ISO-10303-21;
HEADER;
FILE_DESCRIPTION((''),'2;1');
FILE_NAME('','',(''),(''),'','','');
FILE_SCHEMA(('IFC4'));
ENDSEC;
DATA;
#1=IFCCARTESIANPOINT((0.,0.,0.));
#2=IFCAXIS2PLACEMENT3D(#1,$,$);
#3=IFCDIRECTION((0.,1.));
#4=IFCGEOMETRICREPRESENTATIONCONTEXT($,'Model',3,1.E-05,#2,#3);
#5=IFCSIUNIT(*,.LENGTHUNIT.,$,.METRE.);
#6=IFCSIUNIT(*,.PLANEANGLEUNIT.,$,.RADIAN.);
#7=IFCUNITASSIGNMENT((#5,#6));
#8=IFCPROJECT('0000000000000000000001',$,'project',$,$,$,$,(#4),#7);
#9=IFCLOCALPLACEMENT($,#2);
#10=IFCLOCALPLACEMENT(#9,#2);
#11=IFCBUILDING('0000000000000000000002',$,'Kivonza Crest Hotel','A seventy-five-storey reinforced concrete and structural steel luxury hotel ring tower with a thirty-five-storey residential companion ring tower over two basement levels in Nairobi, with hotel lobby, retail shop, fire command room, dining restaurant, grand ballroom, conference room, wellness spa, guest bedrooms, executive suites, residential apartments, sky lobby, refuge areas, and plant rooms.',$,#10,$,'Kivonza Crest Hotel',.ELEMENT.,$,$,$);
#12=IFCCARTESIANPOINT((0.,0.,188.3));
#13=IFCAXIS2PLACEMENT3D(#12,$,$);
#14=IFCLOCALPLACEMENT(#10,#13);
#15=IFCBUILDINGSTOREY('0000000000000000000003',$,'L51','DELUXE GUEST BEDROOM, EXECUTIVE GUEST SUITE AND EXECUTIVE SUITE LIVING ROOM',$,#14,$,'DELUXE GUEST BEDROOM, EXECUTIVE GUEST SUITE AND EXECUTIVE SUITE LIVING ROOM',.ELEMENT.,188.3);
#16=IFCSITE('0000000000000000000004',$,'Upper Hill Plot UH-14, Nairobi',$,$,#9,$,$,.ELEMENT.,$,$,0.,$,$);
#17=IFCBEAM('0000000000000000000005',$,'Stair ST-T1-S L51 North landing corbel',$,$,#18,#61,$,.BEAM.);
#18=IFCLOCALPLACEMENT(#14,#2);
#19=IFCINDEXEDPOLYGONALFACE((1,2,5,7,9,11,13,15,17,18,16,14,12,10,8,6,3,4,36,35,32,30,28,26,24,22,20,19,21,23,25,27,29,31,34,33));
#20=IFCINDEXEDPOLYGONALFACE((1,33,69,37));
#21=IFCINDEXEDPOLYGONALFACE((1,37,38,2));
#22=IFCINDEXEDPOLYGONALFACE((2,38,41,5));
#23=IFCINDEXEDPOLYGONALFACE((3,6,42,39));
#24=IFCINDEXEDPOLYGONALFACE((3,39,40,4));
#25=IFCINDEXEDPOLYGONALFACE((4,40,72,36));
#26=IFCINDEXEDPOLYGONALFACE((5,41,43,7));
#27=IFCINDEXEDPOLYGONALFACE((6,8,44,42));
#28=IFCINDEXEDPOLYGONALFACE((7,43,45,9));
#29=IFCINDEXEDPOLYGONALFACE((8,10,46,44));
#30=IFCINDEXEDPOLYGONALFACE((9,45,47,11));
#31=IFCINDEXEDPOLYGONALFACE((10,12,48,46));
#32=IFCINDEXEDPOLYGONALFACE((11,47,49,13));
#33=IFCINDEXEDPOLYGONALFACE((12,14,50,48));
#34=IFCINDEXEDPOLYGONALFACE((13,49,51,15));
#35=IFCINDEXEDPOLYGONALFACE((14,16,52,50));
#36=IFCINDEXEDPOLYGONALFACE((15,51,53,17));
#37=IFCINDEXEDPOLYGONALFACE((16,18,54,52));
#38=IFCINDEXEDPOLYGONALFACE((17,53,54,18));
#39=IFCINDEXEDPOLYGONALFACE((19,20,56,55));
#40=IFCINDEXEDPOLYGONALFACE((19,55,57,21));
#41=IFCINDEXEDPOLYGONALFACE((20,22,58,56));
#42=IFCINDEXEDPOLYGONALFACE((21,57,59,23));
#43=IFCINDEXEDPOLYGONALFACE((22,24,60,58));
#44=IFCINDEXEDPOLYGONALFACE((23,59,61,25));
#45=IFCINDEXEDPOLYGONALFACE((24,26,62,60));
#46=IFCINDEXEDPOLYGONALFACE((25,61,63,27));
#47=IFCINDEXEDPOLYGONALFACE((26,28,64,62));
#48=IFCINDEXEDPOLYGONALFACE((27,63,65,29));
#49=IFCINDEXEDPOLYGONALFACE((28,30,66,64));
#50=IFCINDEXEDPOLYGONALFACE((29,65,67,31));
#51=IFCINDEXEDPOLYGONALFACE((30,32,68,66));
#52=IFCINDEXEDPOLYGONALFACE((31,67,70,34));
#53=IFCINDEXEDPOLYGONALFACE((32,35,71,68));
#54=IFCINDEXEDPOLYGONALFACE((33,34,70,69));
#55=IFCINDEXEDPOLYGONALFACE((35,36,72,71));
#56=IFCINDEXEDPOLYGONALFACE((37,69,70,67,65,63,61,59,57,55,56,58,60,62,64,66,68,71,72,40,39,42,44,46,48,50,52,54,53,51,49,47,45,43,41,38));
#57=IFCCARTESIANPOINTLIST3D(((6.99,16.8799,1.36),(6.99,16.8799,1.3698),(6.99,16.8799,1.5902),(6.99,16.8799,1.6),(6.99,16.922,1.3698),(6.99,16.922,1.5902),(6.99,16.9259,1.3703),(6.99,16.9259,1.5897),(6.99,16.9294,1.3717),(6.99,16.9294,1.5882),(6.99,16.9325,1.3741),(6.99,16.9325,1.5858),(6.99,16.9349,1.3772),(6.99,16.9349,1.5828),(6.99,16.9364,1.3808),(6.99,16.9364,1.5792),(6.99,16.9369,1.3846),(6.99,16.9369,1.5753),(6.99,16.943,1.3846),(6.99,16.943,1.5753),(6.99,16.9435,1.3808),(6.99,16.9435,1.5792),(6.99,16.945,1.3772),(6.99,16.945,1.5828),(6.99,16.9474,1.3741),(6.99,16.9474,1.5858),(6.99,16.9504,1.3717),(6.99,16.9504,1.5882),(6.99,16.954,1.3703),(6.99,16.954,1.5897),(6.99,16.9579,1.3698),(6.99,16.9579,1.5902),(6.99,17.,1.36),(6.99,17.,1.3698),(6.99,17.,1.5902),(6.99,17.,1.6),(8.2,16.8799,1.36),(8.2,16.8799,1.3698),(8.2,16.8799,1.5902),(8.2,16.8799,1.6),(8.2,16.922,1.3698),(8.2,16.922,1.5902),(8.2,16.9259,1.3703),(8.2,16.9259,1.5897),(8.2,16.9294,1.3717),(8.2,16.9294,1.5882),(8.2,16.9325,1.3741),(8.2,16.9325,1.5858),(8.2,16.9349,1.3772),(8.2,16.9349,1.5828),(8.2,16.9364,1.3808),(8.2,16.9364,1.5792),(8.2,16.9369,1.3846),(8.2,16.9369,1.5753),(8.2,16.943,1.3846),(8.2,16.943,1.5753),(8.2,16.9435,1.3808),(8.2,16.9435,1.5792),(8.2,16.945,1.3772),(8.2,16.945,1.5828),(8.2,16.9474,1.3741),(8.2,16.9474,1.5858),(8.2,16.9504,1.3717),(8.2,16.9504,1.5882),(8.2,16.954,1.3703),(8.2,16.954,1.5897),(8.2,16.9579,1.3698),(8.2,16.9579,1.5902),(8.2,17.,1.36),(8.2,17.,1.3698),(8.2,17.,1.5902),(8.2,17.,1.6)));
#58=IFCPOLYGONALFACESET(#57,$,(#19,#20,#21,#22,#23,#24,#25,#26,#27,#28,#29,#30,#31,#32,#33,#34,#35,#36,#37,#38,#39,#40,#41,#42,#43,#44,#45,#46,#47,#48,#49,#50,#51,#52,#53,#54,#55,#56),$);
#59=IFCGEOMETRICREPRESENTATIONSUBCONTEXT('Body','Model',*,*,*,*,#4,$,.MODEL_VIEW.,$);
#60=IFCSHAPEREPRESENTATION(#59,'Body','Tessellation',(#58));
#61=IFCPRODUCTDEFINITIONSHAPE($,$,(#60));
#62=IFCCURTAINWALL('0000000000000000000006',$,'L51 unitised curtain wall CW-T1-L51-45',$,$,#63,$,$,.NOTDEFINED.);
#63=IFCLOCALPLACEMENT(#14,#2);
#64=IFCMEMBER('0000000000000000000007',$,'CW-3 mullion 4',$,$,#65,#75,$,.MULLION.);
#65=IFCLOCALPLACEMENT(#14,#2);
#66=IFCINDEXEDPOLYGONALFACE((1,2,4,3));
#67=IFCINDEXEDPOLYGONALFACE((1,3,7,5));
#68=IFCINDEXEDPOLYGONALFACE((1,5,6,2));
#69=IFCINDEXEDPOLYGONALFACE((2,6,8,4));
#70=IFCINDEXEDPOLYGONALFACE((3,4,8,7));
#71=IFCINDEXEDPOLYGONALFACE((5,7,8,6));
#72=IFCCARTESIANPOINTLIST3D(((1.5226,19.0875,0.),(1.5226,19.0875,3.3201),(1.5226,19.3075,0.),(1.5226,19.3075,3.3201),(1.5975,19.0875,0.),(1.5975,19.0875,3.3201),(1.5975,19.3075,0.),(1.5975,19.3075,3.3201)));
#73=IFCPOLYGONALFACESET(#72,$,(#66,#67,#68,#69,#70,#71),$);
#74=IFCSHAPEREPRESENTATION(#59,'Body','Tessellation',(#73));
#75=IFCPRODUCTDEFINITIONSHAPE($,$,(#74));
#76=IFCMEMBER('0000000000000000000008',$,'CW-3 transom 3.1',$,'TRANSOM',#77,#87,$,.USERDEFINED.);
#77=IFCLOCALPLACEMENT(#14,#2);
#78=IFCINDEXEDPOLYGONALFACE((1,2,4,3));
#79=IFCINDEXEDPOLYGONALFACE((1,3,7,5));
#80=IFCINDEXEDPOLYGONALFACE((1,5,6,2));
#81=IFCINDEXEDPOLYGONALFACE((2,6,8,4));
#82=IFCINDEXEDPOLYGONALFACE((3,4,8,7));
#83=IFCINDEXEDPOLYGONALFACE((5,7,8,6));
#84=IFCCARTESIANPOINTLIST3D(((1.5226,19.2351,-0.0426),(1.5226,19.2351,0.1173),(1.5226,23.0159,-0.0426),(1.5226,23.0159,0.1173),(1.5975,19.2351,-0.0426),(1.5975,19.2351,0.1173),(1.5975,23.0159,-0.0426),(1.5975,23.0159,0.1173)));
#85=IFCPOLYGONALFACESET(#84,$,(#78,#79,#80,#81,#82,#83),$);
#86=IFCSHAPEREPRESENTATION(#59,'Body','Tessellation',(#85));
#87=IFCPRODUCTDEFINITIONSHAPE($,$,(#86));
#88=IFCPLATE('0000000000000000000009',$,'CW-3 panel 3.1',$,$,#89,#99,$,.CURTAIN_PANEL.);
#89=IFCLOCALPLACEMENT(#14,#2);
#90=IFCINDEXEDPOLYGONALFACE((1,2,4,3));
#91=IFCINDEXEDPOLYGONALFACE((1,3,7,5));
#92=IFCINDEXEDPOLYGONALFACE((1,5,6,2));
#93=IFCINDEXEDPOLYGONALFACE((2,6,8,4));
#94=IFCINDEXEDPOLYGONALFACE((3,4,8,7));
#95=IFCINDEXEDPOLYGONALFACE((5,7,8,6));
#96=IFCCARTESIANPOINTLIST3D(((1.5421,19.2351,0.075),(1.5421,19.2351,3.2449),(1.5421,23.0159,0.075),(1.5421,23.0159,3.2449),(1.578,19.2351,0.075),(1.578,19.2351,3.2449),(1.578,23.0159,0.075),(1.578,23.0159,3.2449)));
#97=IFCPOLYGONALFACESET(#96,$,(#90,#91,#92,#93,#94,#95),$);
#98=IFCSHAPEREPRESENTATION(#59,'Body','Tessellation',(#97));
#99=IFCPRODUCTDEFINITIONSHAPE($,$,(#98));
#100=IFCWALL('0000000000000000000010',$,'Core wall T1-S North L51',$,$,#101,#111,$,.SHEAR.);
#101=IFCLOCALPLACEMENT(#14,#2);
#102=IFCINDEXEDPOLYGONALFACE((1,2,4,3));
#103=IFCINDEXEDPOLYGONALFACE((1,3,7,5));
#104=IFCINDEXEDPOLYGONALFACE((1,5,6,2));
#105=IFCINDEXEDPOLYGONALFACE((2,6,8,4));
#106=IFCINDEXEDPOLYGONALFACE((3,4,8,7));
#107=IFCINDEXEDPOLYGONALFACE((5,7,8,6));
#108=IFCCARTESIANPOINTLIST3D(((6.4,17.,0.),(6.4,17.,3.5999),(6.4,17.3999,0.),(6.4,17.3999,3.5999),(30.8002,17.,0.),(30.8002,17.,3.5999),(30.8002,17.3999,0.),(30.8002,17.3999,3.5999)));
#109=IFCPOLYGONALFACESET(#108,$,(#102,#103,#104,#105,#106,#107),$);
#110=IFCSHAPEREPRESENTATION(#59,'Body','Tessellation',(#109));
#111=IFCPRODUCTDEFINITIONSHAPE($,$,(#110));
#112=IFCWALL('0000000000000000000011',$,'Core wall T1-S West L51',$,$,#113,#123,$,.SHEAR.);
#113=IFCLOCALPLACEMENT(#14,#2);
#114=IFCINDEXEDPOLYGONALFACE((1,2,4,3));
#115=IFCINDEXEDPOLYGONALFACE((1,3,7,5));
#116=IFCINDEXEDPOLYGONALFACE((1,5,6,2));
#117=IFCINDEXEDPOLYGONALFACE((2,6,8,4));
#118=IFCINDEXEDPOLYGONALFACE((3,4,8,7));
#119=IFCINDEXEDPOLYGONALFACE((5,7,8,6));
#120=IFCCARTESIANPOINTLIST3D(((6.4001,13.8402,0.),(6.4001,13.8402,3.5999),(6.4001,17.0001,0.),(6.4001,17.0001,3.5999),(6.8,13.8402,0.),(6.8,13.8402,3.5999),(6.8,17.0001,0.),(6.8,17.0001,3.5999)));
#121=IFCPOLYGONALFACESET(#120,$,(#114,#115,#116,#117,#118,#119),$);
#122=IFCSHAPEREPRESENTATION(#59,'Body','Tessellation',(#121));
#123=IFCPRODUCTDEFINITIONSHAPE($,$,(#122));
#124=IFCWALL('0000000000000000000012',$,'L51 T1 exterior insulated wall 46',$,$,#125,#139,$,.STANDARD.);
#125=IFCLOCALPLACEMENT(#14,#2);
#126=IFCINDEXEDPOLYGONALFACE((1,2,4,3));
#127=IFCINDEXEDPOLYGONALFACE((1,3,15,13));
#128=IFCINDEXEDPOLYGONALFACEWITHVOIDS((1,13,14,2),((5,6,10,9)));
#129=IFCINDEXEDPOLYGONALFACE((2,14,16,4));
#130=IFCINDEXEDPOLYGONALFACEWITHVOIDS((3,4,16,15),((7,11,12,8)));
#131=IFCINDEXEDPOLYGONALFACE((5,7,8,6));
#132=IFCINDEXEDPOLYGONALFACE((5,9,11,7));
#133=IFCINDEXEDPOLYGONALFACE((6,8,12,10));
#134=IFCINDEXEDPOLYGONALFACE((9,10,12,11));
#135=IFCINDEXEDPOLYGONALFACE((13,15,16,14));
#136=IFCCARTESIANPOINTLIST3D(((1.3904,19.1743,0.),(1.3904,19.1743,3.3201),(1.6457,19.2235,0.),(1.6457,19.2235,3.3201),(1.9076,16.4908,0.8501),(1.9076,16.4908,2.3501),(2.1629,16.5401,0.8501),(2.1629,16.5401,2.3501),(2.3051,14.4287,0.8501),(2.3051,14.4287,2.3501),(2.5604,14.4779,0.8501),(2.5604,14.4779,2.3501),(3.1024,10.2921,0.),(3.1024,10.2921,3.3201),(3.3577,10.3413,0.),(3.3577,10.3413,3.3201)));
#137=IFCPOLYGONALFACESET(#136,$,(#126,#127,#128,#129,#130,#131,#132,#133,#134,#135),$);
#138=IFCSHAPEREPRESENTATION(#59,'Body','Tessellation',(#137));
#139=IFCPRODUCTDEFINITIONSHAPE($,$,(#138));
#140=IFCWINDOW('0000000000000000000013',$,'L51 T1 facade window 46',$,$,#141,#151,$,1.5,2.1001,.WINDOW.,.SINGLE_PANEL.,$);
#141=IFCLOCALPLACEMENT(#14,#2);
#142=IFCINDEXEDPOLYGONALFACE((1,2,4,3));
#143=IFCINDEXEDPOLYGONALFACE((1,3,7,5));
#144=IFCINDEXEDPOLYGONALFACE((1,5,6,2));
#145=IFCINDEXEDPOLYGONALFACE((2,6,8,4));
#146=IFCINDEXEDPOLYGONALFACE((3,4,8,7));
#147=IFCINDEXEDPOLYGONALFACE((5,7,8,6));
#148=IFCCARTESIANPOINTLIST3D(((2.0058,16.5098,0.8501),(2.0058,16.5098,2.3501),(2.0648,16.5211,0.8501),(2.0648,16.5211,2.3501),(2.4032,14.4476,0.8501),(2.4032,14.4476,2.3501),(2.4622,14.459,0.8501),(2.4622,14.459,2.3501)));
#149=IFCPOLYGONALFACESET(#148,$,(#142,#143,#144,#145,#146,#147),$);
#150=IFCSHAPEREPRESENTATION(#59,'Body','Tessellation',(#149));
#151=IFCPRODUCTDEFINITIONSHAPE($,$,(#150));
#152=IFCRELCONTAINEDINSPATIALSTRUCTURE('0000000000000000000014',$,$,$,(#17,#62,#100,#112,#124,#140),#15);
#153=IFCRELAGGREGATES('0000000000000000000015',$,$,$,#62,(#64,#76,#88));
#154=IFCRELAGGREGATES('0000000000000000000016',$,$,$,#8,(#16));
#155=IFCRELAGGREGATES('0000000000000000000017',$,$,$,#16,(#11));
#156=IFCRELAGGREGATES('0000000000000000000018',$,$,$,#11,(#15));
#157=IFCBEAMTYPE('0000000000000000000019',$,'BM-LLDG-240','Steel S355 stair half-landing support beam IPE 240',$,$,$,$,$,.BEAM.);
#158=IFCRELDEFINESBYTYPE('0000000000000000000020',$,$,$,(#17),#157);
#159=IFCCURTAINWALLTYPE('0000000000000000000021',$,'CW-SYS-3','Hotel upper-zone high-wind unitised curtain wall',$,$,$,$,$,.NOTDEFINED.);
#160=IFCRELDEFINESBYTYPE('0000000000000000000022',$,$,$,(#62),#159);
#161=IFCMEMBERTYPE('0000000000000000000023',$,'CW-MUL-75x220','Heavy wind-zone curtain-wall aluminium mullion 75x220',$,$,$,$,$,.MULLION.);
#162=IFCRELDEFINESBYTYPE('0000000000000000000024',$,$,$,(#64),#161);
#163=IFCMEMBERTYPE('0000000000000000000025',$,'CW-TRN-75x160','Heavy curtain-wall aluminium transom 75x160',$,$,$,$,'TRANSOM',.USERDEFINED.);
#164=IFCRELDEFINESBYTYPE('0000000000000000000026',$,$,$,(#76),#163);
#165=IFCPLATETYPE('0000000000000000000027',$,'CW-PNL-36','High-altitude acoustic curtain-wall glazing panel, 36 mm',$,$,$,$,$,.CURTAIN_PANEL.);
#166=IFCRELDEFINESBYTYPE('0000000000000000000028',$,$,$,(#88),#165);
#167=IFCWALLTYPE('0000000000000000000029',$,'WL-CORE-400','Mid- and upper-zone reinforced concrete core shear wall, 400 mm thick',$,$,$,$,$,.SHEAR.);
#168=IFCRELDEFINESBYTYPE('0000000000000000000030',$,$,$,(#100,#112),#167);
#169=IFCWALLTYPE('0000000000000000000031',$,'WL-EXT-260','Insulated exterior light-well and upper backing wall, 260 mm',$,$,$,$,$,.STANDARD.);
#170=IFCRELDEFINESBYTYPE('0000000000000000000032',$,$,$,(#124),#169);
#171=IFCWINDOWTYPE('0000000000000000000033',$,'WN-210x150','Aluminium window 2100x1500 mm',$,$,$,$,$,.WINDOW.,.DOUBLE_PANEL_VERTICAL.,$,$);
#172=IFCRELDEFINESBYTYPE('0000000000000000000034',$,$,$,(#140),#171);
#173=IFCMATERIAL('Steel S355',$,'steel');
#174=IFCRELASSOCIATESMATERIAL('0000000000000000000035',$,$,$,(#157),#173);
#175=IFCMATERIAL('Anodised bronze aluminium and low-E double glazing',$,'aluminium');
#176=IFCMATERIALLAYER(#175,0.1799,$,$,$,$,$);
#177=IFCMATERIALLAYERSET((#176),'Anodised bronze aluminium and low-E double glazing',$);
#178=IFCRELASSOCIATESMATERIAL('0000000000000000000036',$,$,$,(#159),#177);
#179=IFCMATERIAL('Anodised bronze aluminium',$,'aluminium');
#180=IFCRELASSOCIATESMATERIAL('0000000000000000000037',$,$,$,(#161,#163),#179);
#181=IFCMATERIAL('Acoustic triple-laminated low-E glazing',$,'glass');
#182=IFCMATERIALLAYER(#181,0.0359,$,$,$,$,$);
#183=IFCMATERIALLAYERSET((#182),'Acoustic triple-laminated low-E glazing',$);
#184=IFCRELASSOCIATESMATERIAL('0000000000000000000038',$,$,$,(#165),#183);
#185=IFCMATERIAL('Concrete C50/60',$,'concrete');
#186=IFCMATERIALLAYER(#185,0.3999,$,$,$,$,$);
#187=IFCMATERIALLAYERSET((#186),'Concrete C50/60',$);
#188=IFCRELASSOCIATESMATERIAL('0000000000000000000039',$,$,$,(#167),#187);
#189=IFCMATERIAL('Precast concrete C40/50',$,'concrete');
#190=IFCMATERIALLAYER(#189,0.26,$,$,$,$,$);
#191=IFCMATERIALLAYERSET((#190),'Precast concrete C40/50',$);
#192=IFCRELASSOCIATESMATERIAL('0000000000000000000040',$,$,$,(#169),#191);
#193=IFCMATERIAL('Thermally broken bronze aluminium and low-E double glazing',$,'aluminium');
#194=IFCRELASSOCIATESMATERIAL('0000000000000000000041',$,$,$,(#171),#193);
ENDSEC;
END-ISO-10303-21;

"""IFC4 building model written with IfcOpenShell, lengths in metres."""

from ifc_helpers import new_model, si_unit, direction, frame, frame_2d, origin, origin_2d, place, context, subcontext, project, spatial, rectangle, i_section, extrude, material, layer, layer_set, material_profile, profile_set, type_object, element, fill, aggregate, save


model = new_model("IFC4")

# Units and contexts
model_context = context("Model", 3, precision=1e-05, world=origin(), true_north=direction((0.0, 1.0)))
body_context = subcontext(model_context, "Body", "Model", "MODEL_VIEW")
ifc_project = project(units=[si_unit("LENGTHUNIT", "METRE"), si_unit("PLANEANGLEUNIT", "RADIAN")], contexts=[model_context])

# Site, building, storey
site_placement = place(None, origin())
site = spatial("IfcSite", under=ifc_project, at=site_placement, Name="Upper Hill Plot UH-14, Nairobi", CompositionType="ELEMENT", RefElevation=0.0)
building_placement = place(site_placement, origin())
building = spatial("IfcBuilding", under=site, at=building_placement, Name="Kivonza Crest Hotel", Description="A seventy-five-storey reinforced concrete and structural steel luxury hotel ring tower with a thirty-five-storey residential companion ring tower over two basement levels in Nairobi, with hotel lobby, retail shop, fire command room, dining restaurant, grand ballroom, conference room, wellness spa, guest bedrooms, executive suites, residential apartments, sky lobby, refuge areas, and plant rooms.", LongName="Kivonza Crest Hotel", CompositionType="ELEMENT")
storey_placement = place(building_placement, frame((0.0, 0.0, 188.3)))
storey = spatial("IfcBuildingStorey", under=building, at=storey_placement, Name="L51", Description="DELUXE GUEST BEDROOM, EXECUTIVE GUEST SUITE AND EXECUTIVE SUITE LIVING ROOM", LongName="DELUXE GUEST BEDROOM, EXECUTIVE GUEST SUITE AND EXECUTIVE SUITE LIVING ROOM", CompositionType="ELEMENT", Elevation=188.3)

# Shared definitions
ifc_material_1 = material(Name="Concrete C50/60", Category="concrete")

# Beam
ifc_material_2 = material(Name="Steel S355", Category="steel")
ifc_material_profile_1 = material_profile(ifc_material_2, i_section(OverallWidth=0.1201, OverallDepth=0.24, WebThickness=0.0061, FlangeThickness=0.0098, FilletRadius=0.0149, at=origin_2d()), Name="IPE 240")
ifc_profile_set_1 = profile_set([ifc_material_profile_1], Name="Steel S355")
beam_type_1 = type_object("IfcBeamType", Name="BM-LLDG-240", Description="Steel S355 stair half-landing support beam IPE 240", PredefinedType="BEAM", material=ifc_profile_set_1)
for number, where, z_axis, x_axis, name in (
    (1, (6.99, 16.9399, 1.48), (1.0, 0.0, 0.0), (0.0, 1.0, 0.0), "Stair ST-T1-S L51 North landing corbel"),
):
    element("IfcBeam", number, at=place(storey_placement, frame(where, z_axis=z_axis, x_axis=x_axis)), inside=storey, type_object=beam_type_1, Name=name, PredefinedType="BEAM", context=body_context, shape_type="SweptSolid", body=[
        extrude(i_section(OverallWidth=0.1201, OverallDepth=0.24, WebThickness=0.0061, FlangeThickness=0.0098, FilletRadius=0.0149, at=origin_2d()), origin(), (0.0, 0.0, 1.0), 1.21),
    ])

# Curtain wall, members, plate
ifc_material_3 = material(Name="Anodised bronze aluminium and low-E double glazing", Category="aluminium")
ifc_layer_1 = layer(ifc_material_3, 0.1799)
ifc_layer_set_1 = layer_set([ifc_layer_1], Name="Anodised bronze aluminium and low-E double glazing")
curtain_wall_type = type_object("IfcCurtainWallType", Name="CW-SYS-3", Description="Hotel upper-zone high-wind unitised curtain wall", PredefinedType="NOTDEFINED", material=ifc_layer_set_1)
curtain_wall_placement = place(storey_placement, origin())
curtain_wall = element("IfcCurtainWall", 2, at=curtain_wall_placement, inside=storey, type_object=curtain_wall_type, Name="L51 unitised curtain wall CW-T1-L51-45", PredefinedType="NOTDEFINED")
ifc_material_4 = material(Name="Anodised bronze aluminium", Category="aluminium")
ifc_material_profile_2 = material_profile(ifc_material_4, rectangle(XDim=0.075, YDim=0.22, at=origin_2d()), Name="CW-M 75x220")
ifc_profile_set_2 = profile_set([ifc_material_profile_2], Name="Anodised bronze aluminium")
member_type_1 = type_object("IfcMemberType", Name="CW-MUL-75x220", Description="Heavy wind-zone curtain-wall aluminium mullion 75x220", PredefinedType="MULLION", material=ifc_profile_set_2)
member_1_placement = place(storey_placement, frame((1.5601, 19.1975, 0.0), z_axis=(0.0, 0.0, 1.0), x_axis=(1.0, 0.0, 0.0)))
member_1 = element("IfcMember", 3, at=member_1_placement, type_object=member_type_1, Name="CW-3 mullion 4", PredefinedType="MULLION", context=body_context, shape_type="SweptSolid", body=[
    extrude(rectangle(XDim=0.075, YDim=0.22, at=origin_2d()), origin(), (0.0, 0.0, 1.0), 3.3201),
])
ifc_material_profile_3 = material_profile(ifc_material_4, rectangle(XDim=0.075, YDim=0.1599, at=origin_2d()), Name="CW-T 75x160")
ifc_profile_set_3 = profile_set([ifc_material_profile_3], Name="Anodised bronze aluminium")
member_type_2 = type_object("IfcMemberType", Name="CW-TRN-75x160", Description="Heavy curtain-wall aluminium transom 75x160", ElementType="TRANSOM", PredefinedType="USERDEFINED", material=ifc_profile_set_3)
member_2_placement = place(storey_placement, frame((1.5601, 23.0159, 0.0374), z_axis=(0.0, -1.0, 0.0), x_axis=(1.0, 0.0, 0.0)))
member_2 = element("IfcMember", 4, at=member_2_placement, type_object=member_type_2, Name="CW-3 transom 3.1", ObjectType="TRANSOM", PredefinedType="USERDEFINED", context=body_context, shape_type="SweptSolid", body=[
    extrude(rectangle(XDim=0.075, YDim=0.1599, at=origin_2d()), origin(), (0.0, 0.0, 1.0), 3.7808),
])
ifc_material_5 = material(Name="Acoustic triple-laminated low-E glazing", Category="glass")
ifc_layer_2 = layer(ifc_material_5, 0.0359)
ifc_layer_set_2 = layer_set([ifc_layer_2], Name="Acoustic triple-laminated low-E glazing")
plate_type = type_object("IfcPlateType", Name="CW-PNL-36", Description="High-altitude acoustic curtain-wall glazing panel, 36 mm", PredefinedType="CURTAIN_PANEL", material=ifc_layer_set_2)
plate_placement = place(storey_placement, frame((1.5601, 21.1255, 0.075), z_axis=(0.0, 0.0, 1.0), x_axis=(0.0, -1.0, 0.0)))
plate = element("IfcPlate", 5, at=plate_placement, type_object=plate_type, Name="CW-3 panel 3.1", PredefinedType="CURTAIN_PANEL", context=body_context, shape_type="SweptSolid", body=[
    extrude(rectangle(XDim=3.7808, YDim=0.0359, at=origin_2d()), origin(), (0.0, 0.0, 1.0), 3.1699),
])
aggregate(curtain_wall, [member_1, member_2, plate])

# Shared definitions
ifc_layer_3 = layer(ifc_material_1, 0.3999)
ifc_layer_set_3 = layer_set([ifc_layer_3], Name="Concrete C50/60")
wall_type_1 = type_object("IfcWallType", Name="WL-CORE-400", Description="Mid- and upper-zone reinforced concrete core shear wall, 400 mm thick", PredefinedType="SHEAR", material=ifc_layer_set_3)

# Walls
wall_1_placement = place(storey_placement, frame((6.3999, 17.2, 0.0), z_axis=(0.0, 0.0, 1.0), x_axis=(1.0, 0.0, 0.0)))
element("IfcWall", 6, at=wall_1_placement, inside=storey, type_object=wall_type_1, Name="Core wall T1-S North L51", PredefinedType="SHEAR", context=body_context, shape_type="SweptSolid", body=[
    extrude(rectangle(XDim=24.4001, YDim=0.3999, at=frame_2d((12.2002, 0.0))), origin(), (0.0, 0.0, 1.0), 3.5999),
])
wall_2_placement = place(storey_placement, frame((6.6001, 13.8401, 0.0), z_axis=(0.0, 0.0, 1.0), x_axis=(0.0, 1.0, 0.0)))
element("IfcWall", 7, at=wall_2_placement, inside=storey, type_object=wall_type_1, Name="Core wall T1-S West L51", PredefinedType="SHEAR", context=body_context, shape_type="SweptSolid", body=[
    extrude(rectangle(XDim=3.1599, YDim=0.3999, at=frame_2d((1.5801, 0.0))), origin(), (0.0, 0.0, 1.0), 3.5999),
])

# Wall, opening, window
ifc_material_6 = material(Name="Precast concrete C40/50", Category="concrete")
ifc_layer_4 = layer(ifc_material_6, 0.26)
ifc_layer_set_4 = layer_set([ifc_layer_4], Name="Precast concrete C40/50")
wall_type_2 = type_object("IfcWallType", Name="WL-EXT-260", Description="Insulated exterior light-well and upper backing wall, 260 mm", PredefinedType="STANDARD", material=ifc_layer_set_4)
wall_3_placement = place(storey_placement, frame((1.5181, 19.199, 0.0), z_axis=(0.0, 0.0, 1.0), x_axis=(0.189255, -0.981928, 0.0)))
wall_3 = element("IfcWall", 8, at=wall_3_placement, inside=storey, type_object=wall_type_2, Name="L51 T1 exterior insulated wall 46", PredefinedType="STANDARD", context=body_context, shape_type="SweptSolid", body=[
    extrude(rectangle(XDim=9.0457, YDim=0.26, at=frame_2d((4.5229, 0.0))), origin(), (0.0, 0.0, 1.0), 3.3201),
])
opening_1_placement = place(wall_3_placement, frame((2.7329, 0.0, 0.8501)))
opening_1 = element("IfcOpeningElement", 9, at=opening_1_placement, cuts=wall_3, PredefinedType="OPENING", context=body_context, shape_type="SweptSolid", body=[
    extrude(rectangle(XDim=2.1001, YDim=1.5, at=frame_2d((1.05, 0.75))), frame((0.0, 0.1401, 0.0), z_axis=(0.0, -1.0, 0.0), x_axis=(1.0, 0.0, 0.0)), (0.0, 0.0, 1.0), 0.28),
])
ifc_material_7 = material(Name="Thermally broken bronze aluminium and low-E double glazing", Category="aluminium")
window_type = type_object("IfcWindowType", Name="WN-210x150", Description="Aluminium window 2100x1500 mm", PartitioningType="DOUBLE_PANEL_VERTICAL", PredefinedType="WINDOW", material=ifc_material_7)
window_placement = place(opening_1_placement, origin())
window = element("IfcWindow", 10, at=window_placement, inside=storey, type_object=window_type, Name="L51 T1 facade window 46", OverallHeight=1.5, OverallWidth=2.1001, PartitioningType="SINGLE_PANEL", PredefinedType="WINDOW", context=body_context, shape_type="SweptSolid", body=[
    extrude(rectangle(XDim=2.1001, YDim=1.5, at=frame_2d((1.05, 0.75))), frame((0.0, 0.03, 0.0), z_axis=(0.0, -1.0, 0.0), x_axis=(1.0, 0.0, 0.0)), (0.0, 0.0, 1.0), 0.0601),
])
fill(opening_1, window)

save(model, "model.ifc")
